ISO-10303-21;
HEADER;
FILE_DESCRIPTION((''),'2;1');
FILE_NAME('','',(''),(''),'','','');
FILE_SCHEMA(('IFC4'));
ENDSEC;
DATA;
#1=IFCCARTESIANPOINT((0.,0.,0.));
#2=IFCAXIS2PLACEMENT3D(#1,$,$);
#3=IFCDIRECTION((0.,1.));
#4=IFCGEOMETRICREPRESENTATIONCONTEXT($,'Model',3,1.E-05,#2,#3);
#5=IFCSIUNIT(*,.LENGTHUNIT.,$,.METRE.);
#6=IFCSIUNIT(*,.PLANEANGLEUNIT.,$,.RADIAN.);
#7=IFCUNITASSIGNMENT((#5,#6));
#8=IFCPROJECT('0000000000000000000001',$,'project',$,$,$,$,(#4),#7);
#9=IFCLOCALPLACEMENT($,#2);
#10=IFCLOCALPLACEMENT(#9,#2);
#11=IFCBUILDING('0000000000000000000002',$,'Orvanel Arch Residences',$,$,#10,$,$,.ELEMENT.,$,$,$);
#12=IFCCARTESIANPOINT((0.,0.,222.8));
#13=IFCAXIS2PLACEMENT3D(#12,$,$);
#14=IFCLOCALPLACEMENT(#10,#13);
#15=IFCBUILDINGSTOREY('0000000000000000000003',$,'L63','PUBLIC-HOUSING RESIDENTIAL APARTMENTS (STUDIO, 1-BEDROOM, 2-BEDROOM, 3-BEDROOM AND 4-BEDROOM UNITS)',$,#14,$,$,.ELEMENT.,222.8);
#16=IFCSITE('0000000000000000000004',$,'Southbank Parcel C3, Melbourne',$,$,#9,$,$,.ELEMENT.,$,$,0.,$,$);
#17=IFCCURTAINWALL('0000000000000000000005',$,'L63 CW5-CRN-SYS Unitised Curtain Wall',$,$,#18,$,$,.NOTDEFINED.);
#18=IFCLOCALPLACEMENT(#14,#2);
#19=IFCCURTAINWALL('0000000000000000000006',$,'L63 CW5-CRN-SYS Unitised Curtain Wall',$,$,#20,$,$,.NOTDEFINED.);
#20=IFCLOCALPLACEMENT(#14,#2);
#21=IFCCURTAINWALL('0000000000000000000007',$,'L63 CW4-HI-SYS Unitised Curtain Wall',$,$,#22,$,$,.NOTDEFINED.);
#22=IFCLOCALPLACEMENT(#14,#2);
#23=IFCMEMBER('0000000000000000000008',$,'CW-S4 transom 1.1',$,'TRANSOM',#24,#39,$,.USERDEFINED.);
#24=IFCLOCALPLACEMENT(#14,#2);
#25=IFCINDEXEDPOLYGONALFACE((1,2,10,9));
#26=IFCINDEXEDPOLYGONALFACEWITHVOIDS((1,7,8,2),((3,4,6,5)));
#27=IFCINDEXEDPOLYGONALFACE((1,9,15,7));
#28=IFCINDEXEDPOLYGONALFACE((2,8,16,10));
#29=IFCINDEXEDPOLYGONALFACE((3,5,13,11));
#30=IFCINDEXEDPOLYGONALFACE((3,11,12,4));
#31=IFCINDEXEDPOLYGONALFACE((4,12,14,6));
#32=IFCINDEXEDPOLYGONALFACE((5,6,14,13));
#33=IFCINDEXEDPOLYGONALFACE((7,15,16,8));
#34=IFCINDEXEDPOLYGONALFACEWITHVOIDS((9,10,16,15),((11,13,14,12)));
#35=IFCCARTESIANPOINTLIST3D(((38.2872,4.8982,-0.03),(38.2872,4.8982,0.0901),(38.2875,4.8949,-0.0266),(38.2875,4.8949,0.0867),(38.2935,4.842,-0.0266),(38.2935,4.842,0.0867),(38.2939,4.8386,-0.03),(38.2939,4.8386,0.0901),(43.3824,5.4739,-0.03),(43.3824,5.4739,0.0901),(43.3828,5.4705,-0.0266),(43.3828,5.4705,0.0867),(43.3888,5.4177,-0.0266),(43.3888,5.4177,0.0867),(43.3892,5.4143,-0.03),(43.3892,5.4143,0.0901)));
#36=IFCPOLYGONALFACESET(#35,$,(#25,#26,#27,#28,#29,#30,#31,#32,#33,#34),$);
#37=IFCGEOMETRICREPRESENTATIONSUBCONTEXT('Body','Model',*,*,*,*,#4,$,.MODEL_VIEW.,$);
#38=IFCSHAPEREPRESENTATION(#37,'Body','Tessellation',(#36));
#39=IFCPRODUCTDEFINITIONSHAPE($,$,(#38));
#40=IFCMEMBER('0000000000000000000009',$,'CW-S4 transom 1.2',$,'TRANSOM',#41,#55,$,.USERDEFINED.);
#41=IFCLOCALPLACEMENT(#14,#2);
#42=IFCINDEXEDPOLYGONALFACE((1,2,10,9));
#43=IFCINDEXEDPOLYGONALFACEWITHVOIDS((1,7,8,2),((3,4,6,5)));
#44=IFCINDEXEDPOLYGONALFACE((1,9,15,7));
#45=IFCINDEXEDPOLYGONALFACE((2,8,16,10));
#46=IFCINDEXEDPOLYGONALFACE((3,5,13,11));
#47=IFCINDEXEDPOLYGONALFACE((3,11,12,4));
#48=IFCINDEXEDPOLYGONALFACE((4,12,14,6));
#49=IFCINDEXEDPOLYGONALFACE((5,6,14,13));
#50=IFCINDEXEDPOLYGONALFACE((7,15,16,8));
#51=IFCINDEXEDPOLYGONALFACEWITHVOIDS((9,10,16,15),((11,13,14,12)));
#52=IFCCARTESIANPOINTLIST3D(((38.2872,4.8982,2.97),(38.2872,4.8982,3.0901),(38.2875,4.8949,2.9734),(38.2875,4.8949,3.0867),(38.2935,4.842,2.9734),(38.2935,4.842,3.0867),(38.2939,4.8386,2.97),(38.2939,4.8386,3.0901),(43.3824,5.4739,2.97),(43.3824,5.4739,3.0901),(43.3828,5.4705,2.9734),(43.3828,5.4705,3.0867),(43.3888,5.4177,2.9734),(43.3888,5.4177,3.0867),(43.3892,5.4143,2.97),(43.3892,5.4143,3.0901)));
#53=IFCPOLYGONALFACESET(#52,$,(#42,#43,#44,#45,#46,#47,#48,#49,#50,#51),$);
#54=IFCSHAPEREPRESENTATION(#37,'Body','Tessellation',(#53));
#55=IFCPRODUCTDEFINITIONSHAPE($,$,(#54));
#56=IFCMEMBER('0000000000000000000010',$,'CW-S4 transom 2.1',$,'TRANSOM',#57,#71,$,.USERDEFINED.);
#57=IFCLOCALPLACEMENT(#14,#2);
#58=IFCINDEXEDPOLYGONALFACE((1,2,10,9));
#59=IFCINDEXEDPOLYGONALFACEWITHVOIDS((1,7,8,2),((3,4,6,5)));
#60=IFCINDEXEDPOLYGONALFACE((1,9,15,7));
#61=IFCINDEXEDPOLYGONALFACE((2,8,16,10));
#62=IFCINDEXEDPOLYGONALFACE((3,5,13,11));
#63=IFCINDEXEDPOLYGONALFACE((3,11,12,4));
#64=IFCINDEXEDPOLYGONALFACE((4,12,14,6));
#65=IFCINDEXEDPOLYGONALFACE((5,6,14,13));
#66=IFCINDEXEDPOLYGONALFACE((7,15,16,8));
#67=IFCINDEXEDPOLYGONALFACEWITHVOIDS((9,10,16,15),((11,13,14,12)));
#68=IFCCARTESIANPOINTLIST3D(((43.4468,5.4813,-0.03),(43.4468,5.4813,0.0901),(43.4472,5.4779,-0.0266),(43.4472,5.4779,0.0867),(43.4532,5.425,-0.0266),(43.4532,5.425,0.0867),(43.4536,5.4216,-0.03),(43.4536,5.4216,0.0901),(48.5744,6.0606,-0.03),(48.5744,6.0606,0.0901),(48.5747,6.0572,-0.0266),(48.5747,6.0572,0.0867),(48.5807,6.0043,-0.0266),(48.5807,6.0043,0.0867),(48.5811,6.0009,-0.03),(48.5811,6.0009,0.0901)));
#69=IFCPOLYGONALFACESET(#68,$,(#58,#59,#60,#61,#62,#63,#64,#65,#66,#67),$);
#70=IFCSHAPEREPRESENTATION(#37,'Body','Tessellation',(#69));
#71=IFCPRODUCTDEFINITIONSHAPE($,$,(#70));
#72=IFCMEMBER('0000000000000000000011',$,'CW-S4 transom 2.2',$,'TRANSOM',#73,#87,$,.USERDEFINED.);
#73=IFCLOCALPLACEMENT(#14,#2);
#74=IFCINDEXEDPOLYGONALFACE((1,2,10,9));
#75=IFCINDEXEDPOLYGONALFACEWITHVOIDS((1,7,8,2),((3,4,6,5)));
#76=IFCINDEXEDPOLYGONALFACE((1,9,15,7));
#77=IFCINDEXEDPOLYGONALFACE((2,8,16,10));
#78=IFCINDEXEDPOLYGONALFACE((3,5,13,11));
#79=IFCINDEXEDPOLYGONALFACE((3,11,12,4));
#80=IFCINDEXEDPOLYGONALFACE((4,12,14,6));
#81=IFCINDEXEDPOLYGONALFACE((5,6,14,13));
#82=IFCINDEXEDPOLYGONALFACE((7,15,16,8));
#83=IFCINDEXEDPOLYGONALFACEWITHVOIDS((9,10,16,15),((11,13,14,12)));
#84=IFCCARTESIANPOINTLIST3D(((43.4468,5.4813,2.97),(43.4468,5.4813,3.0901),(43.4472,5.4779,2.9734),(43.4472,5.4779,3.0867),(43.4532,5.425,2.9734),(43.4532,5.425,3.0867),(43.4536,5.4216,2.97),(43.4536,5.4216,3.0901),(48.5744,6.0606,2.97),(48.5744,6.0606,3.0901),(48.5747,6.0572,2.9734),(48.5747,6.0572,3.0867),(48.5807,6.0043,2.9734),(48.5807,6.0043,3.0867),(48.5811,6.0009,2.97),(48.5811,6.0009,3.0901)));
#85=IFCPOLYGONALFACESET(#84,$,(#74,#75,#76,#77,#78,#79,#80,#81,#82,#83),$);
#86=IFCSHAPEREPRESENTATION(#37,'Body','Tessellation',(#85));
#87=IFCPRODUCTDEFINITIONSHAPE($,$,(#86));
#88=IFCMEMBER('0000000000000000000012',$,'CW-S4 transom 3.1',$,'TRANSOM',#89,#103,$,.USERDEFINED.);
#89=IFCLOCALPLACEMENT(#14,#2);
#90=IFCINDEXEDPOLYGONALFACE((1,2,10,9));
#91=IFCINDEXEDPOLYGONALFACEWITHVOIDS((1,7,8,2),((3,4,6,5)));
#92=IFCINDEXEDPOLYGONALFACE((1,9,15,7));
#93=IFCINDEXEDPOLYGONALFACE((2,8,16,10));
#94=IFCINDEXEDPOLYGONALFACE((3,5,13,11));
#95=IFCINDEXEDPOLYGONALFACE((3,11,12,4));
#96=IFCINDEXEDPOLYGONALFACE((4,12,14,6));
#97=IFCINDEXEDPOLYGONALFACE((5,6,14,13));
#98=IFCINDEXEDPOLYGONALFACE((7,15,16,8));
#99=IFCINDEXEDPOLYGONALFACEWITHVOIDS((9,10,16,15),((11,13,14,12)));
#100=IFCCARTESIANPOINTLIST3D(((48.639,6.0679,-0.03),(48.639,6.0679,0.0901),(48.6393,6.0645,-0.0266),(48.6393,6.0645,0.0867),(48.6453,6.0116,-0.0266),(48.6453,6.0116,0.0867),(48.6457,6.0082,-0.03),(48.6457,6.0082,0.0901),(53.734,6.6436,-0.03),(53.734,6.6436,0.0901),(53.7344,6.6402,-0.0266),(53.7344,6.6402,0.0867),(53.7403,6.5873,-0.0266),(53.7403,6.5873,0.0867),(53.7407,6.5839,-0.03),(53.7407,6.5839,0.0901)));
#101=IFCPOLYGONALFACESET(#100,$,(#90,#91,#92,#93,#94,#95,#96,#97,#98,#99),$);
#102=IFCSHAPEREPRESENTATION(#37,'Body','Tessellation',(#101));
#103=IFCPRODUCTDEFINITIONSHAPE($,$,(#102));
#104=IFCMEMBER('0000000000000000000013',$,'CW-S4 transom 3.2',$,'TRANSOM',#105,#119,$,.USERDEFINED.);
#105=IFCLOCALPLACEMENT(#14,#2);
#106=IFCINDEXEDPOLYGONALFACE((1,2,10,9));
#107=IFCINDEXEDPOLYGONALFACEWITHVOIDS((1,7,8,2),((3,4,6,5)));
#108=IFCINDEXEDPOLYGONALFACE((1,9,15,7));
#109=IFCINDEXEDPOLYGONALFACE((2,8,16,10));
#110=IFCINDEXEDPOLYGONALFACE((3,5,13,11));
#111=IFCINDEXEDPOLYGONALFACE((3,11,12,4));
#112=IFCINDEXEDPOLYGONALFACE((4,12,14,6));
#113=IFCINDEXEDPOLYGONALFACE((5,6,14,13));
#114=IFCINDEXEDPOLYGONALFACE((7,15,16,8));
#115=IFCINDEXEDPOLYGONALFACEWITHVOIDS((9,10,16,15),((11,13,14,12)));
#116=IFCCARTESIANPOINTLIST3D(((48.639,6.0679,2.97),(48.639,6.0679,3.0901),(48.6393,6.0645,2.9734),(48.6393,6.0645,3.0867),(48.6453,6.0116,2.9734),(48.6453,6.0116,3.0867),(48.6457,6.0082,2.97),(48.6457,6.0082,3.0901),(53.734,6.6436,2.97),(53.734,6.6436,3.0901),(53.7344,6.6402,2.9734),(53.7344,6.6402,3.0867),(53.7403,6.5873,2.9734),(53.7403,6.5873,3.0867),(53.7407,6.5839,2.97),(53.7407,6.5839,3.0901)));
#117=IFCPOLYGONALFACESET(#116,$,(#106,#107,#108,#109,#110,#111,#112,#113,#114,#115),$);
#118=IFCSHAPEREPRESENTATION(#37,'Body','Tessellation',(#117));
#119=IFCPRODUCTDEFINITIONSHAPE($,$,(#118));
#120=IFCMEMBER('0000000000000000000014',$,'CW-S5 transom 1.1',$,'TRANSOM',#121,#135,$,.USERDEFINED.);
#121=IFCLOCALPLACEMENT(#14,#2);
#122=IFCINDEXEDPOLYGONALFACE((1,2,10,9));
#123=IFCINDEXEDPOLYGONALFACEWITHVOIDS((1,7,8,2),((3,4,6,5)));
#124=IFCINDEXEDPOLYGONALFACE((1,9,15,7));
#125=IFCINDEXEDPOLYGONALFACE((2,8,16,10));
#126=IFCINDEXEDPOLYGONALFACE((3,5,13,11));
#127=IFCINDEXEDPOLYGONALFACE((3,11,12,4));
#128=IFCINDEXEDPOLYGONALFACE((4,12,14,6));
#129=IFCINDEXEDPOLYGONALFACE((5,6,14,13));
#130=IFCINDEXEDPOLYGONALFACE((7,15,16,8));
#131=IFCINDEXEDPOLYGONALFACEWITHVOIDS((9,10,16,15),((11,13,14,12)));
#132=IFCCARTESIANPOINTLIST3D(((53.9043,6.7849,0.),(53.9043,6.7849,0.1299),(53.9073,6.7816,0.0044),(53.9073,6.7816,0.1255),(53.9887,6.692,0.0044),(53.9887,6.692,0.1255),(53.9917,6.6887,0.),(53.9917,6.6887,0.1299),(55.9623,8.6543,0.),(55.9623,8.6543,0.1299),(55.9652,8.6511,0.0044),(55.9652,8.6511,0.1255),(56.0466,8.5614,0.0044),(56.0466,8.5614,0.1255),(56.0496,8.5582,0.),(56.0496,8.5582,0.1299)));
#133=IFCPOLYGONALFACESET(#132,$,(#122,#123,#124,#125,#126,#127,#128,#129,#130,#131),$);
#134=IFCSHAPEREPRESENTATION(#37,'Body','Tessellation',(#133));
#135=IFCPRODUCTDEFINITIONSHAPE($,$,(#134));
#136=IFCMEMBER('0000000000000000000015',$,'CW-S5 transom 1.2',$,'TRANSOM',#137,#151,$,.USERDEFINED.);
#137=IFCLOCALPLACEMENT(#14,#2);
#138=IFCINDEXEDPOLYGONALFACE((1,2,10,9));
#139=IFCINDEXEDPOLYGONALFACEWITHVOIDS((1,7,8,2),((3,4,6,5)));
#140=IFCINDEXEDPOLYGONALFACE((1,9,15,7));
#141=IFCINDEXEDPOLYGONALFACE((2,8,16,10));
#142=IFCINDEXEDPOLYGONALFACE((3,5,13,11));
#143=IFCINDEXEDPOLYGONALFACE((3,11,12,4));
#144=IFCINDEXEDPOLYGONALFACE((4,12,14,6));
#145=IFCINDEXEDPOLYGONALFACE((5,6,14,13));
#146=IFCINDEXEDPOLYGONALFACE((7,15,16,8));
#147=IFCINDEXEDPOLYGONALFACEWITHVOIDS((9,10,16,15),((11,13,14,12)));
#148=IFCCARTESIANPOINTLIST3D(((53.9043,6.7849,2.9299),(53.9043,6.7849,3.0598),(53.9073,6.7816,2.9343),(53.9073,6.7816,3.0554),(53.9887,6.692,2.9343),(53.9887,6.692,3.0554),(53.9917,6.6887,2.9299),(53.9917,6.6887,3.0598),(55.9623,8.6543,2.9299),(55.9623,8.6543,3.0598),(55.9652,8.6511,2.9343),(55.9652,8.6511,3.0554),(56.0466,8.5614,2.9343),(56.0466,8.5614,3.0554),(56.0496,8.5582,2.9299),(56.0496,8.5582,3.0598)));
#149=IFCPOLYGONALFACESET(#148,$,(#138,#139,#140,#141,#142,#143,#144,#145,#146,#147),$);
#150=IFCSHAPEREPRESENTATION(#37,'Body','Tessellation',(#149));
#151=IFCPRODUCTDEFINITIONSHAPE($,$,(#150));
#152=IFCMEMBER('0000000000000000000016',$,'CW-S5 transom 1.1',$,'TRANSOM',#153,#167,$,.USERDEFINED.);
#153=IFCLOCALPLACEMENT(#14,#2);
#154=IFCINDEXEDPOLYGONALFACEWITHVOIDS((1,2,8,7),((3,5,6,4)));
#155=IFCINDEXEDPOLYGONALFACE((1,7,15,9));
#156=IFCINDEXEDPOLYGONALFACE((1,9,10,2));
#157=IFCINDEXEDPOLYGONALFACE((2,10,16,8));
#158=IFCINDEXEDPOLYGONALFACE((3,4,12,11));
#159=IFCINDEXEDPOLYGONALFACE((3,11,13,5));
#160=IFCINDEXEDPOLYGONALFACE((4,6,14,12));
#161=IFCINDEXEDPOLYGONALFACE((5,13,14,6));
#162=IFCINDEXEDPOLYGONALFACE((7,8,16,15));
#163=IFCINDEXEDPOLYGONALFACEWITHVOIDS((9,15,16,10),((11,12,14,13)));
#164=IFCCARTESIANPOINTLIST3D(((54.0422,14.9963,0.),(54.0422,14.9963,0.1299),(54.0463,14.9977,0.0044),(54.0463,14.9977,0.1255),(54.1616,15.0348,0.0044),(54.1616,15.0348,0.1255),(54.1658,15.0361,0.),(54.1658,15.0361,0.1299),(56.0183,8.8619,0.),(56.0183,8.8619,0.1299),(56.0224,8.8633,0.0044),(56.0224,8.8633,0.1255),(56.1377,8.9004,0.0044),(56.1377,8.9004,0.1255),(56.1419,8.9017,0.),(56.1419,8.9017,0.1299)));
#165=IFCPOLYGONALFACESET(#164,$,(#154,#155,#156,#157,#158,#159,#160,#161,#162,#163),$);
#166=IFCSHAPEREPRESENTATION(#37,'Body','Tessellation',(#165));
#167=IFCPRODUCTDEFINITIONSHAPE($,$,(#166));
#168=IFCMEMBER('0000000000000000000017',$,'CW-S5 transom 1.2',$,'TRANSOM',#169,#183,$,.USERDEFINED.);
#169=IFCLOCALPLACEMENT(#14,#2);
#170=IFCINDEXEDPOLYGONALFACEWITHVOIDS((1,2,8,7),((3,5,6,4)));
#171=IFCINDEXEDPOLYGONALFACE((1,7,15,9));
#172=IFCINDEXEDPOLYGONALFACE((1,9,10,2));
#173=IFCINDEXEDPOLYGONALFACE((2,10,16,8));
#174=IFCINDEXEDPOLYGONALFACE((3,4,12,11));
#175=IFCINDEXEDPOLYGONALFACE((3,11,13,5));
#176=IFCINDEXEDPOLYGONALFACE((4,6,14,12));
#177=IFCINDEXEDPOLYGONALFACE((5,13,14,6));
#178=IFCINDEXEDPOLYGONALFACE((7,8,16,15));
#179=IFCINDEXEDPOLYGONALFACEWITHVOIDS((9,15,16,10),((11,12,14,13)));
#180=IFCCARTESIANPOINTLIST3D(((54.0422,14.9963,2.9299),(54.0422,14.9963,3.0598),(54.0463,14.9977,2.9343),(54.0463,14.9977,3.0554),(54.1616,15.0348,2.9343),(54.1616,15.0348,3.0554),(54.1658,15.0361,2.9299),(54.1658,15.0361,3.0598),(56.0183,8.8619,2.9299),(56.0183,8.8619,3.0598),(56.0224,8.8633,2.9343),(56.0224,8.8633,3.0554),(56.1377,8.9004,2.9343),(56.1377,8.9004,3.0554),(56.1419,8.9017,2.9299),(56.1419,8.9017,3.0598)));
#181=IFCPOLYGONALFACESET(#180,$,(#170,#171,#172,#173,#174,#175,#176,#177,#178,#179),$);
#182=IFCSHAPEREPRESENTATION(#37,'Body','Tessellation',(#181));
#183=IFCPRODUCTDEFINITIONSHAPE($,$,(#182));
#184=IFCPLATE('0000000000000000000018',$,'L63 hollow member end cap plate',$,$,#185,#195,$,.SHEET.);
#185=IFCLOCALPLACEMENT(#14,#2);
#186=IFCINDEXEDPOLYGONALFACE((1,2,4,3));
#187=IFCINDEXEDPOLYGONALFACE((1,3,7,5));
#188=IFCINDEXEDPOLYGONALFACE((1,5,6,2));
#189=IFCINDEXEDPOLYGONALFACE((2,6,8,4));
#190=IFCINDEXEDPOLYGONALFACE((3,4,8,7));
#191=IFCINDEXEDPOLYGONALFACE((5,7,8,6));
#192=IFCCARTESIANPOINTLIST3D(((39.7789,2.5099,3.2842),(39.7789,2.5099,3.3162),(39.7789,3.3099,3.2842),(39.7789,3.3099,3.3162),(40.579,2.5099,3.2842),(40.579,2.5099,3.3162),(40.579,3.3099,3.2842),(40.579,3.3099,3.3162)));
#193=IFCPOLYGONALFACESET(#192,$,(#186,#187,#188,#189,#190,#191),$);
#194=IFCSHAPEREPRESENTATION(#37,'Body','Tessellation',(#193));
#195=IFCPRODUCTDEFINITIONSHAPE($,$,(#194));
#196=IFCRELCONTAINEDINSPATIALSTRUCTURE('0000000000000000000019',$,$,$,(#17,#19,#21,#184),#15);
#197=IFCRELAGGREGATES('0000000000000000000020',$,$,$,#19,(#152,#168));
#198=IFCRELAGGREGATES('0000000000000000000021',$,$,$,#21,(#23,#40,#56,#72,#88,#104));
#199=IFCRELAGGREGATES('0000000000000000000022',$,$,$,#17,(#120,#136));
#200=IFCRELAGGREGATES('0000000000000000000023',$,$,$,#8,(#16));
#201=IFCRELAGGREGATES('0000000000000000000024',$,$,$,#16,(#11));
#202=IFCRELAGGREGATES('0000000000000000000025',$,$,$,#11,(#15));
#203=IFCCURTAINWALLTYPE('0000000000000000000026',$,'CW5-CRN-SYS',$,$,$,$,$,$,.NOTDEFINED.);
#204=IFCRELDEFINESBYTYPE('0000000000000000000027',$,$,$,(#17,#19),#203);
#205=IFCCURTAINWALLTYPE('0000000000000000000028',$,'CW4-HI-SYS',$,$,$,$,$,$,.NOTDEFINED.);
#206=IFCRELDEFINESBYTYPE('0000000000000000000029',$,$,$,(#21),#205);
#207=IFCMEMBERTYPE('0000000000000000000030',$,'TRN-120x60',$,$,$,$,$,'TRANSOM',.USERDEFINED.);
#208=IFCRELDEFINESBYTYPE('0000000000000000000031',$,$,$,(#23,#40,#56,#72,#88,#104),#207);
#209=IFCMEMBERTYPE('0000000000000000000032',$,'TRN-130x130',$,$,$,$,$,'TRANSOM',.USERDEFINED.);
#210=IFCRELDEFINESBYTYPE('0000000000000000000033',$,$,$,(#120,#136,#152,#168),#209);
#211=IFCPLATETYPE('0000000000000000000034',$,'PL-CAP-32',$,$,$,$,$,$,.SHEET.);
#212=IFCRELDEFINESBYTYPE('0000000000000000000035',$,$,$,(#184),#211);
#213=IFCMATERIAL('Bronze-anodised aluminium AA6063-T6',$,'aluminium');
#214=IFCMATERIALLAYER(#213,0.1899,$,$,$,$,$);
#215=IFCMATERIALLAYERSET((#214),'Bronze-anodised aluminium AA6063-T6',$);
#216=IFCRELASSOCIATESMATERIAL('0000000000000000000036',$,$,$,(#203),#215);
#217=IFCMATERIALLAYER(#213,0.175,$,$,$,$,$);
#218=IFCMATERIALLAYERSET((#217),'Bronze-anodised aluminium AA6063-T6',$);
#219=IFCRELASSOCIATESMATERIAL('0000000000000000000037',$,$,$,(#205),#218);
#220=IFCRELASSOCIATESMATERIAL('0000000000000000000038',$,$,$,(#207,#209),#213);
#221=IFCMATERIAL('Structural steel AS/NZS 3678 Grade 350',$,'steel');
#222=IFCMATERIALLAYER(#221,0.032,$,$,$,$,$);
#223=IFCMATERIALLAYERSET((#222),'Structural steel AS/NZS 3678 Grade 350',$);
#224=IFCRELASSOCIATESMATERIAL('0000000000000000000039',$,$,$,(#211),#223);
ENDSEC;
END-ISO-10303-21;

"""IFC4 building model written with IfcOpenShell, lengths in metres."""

from ifc_helpers import new_model, si_unit, direction, frame, origin, origin_2d, place, context, subcontext, project, spatial, rectangle, hollow_rectangle, extrude, material, layer, layer_set, material_profile, profile_set, type_object, element, aggregate, save


model = new_model("IFC4")

# Units and contexts
model_context = context("Model", 3, precision=1e-05, world=origin(), true_north=direction((0.0, 1.0)))
body_context = subcontext(model_context, "Body", "Model", "MODEL_VIEW")
ifc_project = project(units=[si_unit("LENGTHUNIT", "METRE"), si_unit("PLANEANGLEUNIT", "RADIAN")], contexts=[model_context])

# Site, building, storey
site_placement = place(None, origin())
site = spatial("IfcSite", under=ifc_project, at=site_placement, Name="Southbank Parcel C3, Melbourne", CompositionType="ELEMENT", RefElevation=0.0)
building_placement = place(site_placement, origin())
building = spatial("IfcBuilding", under=site, at=building_placement, Name="Orvanel Arch Residences", CompositionType="ELEMENT")
storey_placement = place(building_placement, frame((0.0, 0.0, 222.8)))
storey = spatial("IfcBuildingStorey", under=building, at=storey_placement, Name="L63", Description="PUBLIC-HOUSING RESIDENTIAL APARTMENTS (STUDIO, 1-BEDROOM, 2-BEDROOM, 3-BEDROOM AND 4-BEDROOM UNITS)", CompositionType="ELEMENT", Elevation=222.8)

# Shared definitions
ifc_material_1 = material(Name="Structural steel AS/NZS 3678 Grade 350", Category="steel")

# Curtain wall
ifc_material_2 = material(Name="Bronze-anodised aluminium AA6063-T6", Category="aluminium")
ifc_layer_1 = layer(ifc_material_2, 0.1899)
ifc_layer_set_1 = layer_set([ifc_layer_1], Name="Bronze-anodised aluminium AA6063-T6")
curtain_wall_type_1 = type_object("IfcCurtainWallType", Name="CW5-CRN-SYS", PredefinedType="NOTDEFINED", material=ifc_layer_set_1)
curtain_wall_1_placement = place(storey_placement, origin())
curtain_wall_1 = element("IfcCurtainWall", 1, at=curtain_wall_1_placement, inside=storey, type_object=curtain_wall_type_1, Name="L63 CW5-CRN-SYS Unitised Curtain Wall", PredefinedType="NOTDEFINED")

# Curtain wall
curtain_wall_2_placement = place(storey_placement, origin())
curtain_wall_2 = element("IfcCurtainWall", 2, at=curtain_wall_2_placement, inside=storey, type_object=curtain_wall_type_1, Name="L63 CW5-CRN-SYS Unitised Curtain Wall", PredefinedType="NOTDEFINED")

# Curtain wall
ifc_layer_2 = layer(ifc_material_2, 0.175)
ifc_layer_set_2 = layer_set([ifc_layer_2], Name="Bronze-anodised aluminium AA6063-T6")
curtain_wall_type_2 = type_object("IfcCurtainWallType", Name="CW4-HI-SYS", PredefinedType="NOTDEFINED", material=ifc_layer_set_2)
curtain_wall_3_placement = place(storey_placement, origin())
curtain_wall_3 = element("IfcCurtainWall", 3, at=curtain_wall_3_placement, inside=storey, type_object=curtain_wall_type_2, Name="L63 CW4-HI-SYS Unitised Curtain Wall", PredefinedType="NOTDEFINED")

# Members
ifc_material_profile_1 = material_profile(ifc_material_2, hollow_rectangle(XDim=0.0601, YDim=0.1201, WallThickness=0.0034, at=origin_2d()), Name="ALU120x60x3.5")
ifc_profile_set_1 = profile_set([ifc_material_profile_1], Name="Bronze-anodised aluminium AA6063-T6")
member_type_1 = type_object("IfcMemberType", Name="TRN-120x60", ElementType="TRANSOM", PredefinedType="USERDEFINED", material=ifc_profile_set_1)
member_1_placement = place(storey_placement, frame((38.2905, 4.8684, 0.03), z_axis=(0.993678, 0.112271, 0.0), x_axis=(-0.112271, 0.993678, 0.0)))
member_1 = element("IfcMember", 4, at=member_1_placement, type_object=member_type_1, Name="CW-S4 transom 1.1", ObjectType="TRANSOM", PredefinedType="USERDEFINED", context=body_context, shape_type="SweptSolid", body=[
    extrude(hollow_rectangle(XDim=0.0601, YDim=0.1201, WallThickness=0.0034, at=origin_2d()), origin(), (0.0, 0.0, 1.0), 5.1277),
])
member_2_placement = place(storey_placement, frame((38.2905, 4.8684, 3.03), z_axis=(0.993678, 0.112271, 0.0), x_axis=(-0.112271, 0.993678, 0.0)))
member_2 = element("IfcMember", 5, at=member_2_placement, type_object=member_type_1, Name="CW-S4 transom 1.2", ObjectType="TRANSOM", PredefinedType="USERDEFINED", context=body_context, shape_type="SweptSolid", body=[
    extrude(hollow_rectangle(XDim=0.0601, YDim=0.1201, WallThickness=0.0034, at=origin_2d()), origin(), (0.0, 0.0, 1.0), 5.1277),
])
member_3_placement = place(storey_placement, frame((43.4502, 5.4514, 0.03), z_axis=(0.993677, 0.112275, 0.0), x_axis=(-0.112275, 0.993677, 0.0)))
member_3 = element("IfcMember", 6, at=member_3_placement, type_object=member_type_1, Name="CW-S4 transom 2.1", ObjectType="TRANSOM", PredefinedType="USERDEFINED", context=body_context, shape_type="SweptSolid", body=[
    extrude(hollow_rectangle(XDim=0.0601, YDim=0.1201, WallThickness=0.0034, at=origin_2d()), origin(), (0.0, 0.0, 1.0), 5.1602),
])
member_4_placement = place(storey_placement, frame((43.4502, 5.4514, 3.03), z_axis=(0.993677, 0.112275, 0.0), x_axis=(-0.112275, 0.993677, 0.0)))
member_4 = element("IfcMember", 7, at=member_4_placement, type_object=member_type_1, Name="CW-S4 transom 2.2", ObjectType="TRANSOM", PredefinedType="USERDEFINED", context=body_context, shape_type="SweptSolid", body=[
    extrude(hollow_rectangle(XDim=0.0601, YDim=0.1201, WallThickness=0.0034, at=origin_2d()), origin(), (0.0, 0.0, 1.0), 5.1602),
])
member_5_placement = place(storey_placement, frame((48.6423, 6.0381, 0.03), z_axis=(0.993677, 0.112276, 0.0), x_axis=(-0.112276, 0.993677, 0.0)))
member_5 = element("IfcMember", 8, at=member_5_placement, type_object=member_type_1, Name="CW-S4 transom 3.1", ObjectType="TRANSOM", PredefinedType="USERDEFINED", context=body_context, shape_type="SweptSolid", body=[
    extrude(hollow_rectangle(XDim=0.0601, YDim=0.1201, WallThickness=0.0034, at=origin_2d()), origin(), (0.0, 0.0, 1.0), 5.1274),
])
member_6_placement = place(storey_placement, frame((48.6423, 6.0381, 3.03), z_axis=(0.993677, 0.112276, 0.0), x_axis=(-0.112276, 0.993677, 0.0)))
member_6 = element("IfcMember", 9, at=member_6_placement, type_object=member_type_1, Name="CW-S4 transom 3.2", ObjectType="TRANSOM", PredefinedType="USERDEFINED", context=body_context, shape_type="SweptSolid", body=[
    extrude(hollow_rectangle(XDim=0.0601, YDim=0.1201, WallThickness=0.0034, at=origin_2d()), origin(), (0.0, 0.0, 1.0), 5.1274),
])
ifc_material_profile_2 = material_profile(ifc_material_2, hollow_rectangle(XDim=0.1299, YDim=0.1299, WallThickness=0.0044, at=origin_2d()), Name="ALU130x130x4.5")
ifc_profile_set_2 = profile_set([ifc_material_profile_2], Name="Bronze-anodised aluminium AA6063-T6")
member_type_2 = type_object("IfcMemberType", Name="TRN-130x130", ElementType="TRANSOM", PredefinedType="USERDEFINED", material=ifc_profile_set_2)
member_7_placement = place(storey_placement, frame((53.948, 6.7368, 0.0649), z_axis=(0.74019, 0.672397, 0.0), x_axis=(-0.672397, 0.74019, 0.0)))
member_7 = element("IfcMember", 10, at=member_7_placement, type_object=member_type_2, Name="CW-S5 transom 1.1", ObjectType="TRANSOM", PredefinedType="USERDEFINED", context=body_context, shape_type="SweptSolid", body=[
    extrude(hollow_rectangle(XDim=0.1299, YDim=0.1299, WallThickness=0.0044, at=origin_2d()), origin(), (0.0, 0.0, 1.0), 2.7803),
])
member_8_placement = place(storey_placement, frame((53.948, 6.7368, 2.9949), z_axis=(0.74019, 0.672397, 0.0), x_axis=(-0.672397, 0.74019, 0.0)))
member_8 = element("IfcMember", 11, at=member_8_placement, type_object=member_type_2, Name="CW-S5 transom 1.2", ObjectType="TRANSOM", PredefinedType="USERDEFINED", context=body_context, shape_type="SweptSolid", body=[
    extrude(hollow_rectangle(XDim=0.1299, YDim=0.1299, WallThickness=0.0044, at=origin_2d()), origin(), (0.0, 0.0, 1.0), 2.7803),
])
member_9_placement = place(storey_placement, frame((56.0801, 8.8818, 0.0649), z_axis=(-0.30662, 0.951832, 0.0), x_axis=(-0.951832, -0.30662, 0.0)))
member_9 = element("IfcMember", 12, at=member_9_placement, type_object=member_type_2, Name="CW-S5 transom 1.1", ObjectType="TRANSOM", PredefinedType="USERDEFINED", context=body_context, shape_type="SweptSolid", body=[
    extrude(hollow_rectangle(XDim=0.1299, YDim=0.1299, WallThickness=0.0044, at=origin_2d()), origin(), (0.0, 0.0, 1.0), 6.4448),
])
member_10_placement = place(storey_placement, frame((56.0801, 8.8818, 2.9949), z_axis=(-0.30662, 0.951832, 0.0), x_axis=(-0.951832, -0.30662, 0.0)))
member_10 = element("IfcMember", 13, at=member_10_placement, type_object=member_type_2, Name="CW-S5 transom 1.2", ObjectType="TRANSOM", PredefinedType="USERDEFINED", context=body_context, shape_type="SweptSolid", body=[
    extrude(hollow_rectangle(XDim=0.1299, YDim=0.1299, WallThickness=0.0044, at=origin_2d()), origin(), (0.0, 0.0, 1.0), 6.4448),
])
aggregate(curtain_wall_2, [member_9, member_10])

# Plate
ifc_layer_3 = layer(ifc_material_1, 0.032)
ifc_layer_set_3 = layer_set([ifc_layer_3], Name="Structural steel AS/NZS 3678 Grade 350")
plate_type_1 = type_object("IfcPlateType", Name="PL-CAP-32", PredefinedType="SHEET", material=ifc_layer_set_3)
for number, where, z_axis, x_axis, name in (
    (14, (40.179, 2.9099, 3.2842), (0.0, 0.0, 1.0), (1.0, 0.0, 0.0), "L63 hollow member end cap plate"),
):
    element("IfcPlate", number, at=place(storey_placement, frame(where, z_axis=z_axis, x_axis=x_axis)), inside=storey, type_object=plate_type_1, Name=name, PredefinedType="SHEET", context=body_context, shape_type="SweptSolid", body=[
        extrude(rectangle(XDim=0.8, YDim=0.8, at=origin_2d()), origin(), (0.0, 0.0, 1.0), 0.032),
    ])

aggregate(curtain_wall_3, [member_1, member_2, member_3, member_4, member_5, member_6])
aggregate(curtain_wall_1, [member_7, member_8])

save(model, "model.ifc")
